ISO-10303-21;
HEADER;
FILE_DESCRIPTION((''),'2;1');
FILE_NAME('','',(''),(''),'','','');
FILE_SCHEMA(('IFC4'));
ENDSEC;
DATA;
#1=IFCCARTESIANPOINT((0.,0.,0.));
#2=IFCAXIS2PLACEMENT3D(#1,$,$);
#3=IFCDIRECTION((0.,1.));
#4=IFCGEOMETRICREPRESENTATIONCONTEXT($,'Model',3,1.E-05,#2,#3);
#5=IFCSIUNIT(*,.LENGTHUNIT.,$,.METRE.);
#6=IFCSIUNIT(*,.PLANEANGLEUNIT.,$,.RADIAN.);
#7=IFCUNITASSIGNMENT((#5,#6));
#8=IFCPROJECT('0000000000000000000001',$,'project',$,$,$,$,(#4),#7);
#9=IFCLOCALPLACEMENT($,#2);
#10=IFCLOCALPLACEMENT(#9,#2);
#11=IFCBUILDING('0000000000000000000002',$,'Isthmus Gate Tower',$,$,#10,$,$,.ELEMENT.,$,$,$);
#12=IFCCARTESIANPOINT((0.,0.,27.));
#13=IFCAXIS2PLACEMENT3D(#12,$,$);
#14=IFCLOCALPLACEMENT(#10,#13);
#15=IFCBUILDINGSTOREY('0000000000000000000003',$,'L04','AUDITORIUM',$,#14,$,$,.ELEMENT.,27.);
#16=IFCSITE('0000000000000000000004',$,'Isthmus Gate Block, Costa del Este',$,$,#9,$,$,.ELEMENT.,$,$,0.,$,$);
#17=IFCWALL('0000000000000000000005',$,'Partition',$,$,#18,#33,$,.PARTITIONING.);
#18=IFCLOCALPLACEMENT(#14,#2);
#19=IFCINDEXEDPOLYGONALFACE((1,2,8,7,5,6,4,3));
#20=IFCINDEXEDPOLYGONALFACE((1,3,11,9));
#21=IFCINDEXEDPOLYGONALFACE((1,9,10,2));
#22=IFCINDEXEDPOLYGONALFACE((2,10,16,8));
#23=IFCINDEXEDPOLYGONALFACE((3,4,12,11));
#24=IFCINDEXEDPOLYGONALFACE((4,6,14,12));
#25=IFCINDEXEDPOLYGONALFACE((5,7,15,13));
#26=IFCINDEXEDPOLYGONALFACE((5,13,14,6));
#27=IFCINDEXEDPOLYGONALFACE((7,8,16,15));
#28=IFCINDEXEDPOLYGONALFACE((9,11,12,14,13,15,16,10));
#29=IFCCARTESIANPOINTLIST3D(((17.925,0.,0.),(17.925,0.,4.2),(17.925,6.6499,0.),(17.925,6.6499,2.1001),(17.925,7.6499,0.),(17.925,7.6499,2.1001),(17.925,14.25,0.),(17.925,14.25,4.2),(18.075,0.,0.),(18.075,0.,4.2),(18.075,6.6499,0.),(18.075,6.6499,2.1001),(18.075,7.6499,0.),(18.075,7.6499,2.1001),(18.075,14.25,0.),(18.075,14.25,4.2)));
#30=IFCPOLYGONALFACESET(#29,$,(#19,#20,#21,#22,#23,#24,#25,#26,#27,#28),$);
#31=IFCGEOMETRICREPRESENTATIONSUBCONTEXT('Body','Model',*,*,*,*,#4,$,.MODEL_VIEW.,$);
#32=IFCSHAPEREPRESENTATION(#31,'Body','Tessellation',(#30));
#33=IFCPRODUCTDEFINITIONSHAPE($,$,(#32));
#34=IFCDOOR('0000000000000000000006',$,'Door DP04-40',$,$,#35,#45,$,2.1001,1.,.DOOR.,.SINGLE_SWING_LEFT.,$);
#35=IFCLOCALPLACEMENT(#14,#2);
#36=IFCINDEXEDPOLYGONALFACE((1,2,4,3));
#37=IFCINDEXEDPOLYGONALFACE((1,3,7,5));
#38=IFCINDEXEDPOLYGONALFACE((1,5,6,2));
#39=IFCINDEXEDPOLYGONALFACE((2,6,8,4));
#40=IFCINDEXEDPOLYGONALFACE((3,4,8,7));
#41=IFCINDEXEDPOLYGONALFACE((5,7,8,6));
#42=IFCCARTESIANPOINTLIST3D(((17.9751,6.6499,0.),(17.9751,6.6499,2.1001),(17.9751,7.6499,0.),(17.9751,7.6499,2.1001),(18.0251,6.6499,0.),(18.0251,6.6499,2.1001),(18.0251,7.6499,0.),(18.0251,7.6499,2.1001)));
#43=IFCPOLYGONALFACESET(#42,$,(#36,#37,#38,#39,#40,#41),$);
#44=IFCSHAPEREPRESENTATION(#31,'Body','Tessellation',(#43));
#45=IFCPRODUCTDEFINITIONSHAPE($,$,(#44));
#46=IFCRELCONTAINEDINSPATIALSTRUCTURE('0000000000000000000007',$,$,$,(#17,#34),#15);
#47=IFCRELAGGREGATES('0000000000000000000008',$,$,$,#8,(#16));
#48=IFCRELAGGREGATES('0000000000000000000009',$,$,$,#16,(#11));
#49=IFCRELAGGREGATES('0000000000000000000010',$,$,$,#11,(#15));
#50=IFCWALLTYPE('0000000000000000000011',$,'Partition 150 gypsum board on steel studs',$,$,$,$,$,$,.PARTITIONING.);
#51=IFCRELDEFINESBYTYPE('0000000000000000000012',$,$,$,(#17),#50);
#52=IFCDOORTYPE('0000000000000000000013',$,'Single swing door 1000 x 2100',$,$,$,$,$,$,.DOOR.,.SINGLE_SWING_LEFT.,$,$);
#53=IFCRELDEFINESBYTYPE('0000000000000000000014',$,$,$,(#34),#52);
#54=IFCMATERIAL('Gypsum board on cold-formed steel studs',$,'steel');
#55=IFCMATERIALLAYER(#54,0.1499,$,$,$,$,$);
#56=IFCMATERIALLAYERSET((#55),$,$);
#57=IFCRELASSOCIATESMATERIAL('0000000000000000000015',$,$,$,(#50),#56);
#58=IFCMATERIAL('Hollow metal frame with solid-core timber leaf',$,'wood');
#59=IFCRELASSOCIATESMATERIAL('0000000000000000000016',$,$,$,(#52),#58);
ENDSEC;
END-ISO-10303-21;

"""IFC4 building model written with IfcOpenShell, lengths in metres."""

from ifc_helpers import new_model, si_unit, direction, frame, frame_2d, origin, place, context, subcontext, project, spatial, rectangle, extrude, material, layer, layer_set, type_object, element, fill, save


model = new_model("IFC4")

# Units and contexts
model_context = context("Model", 3, precision=1e-05, world=origin(), true_north=direction((0.0, 1.0)))
body_context = subcontext(model_context, "Body", "Model", "MODEL_VIEW")
ifc_project = project(units=[si_unit("LENGTHUNIT", "METRE"), si_unit("PLANEANGLEUNIT", "RADIAN")], contexts=[model_context])

# Site, building, storey
site_placement = place(None, origin())
site = spatial("IfcSite", under=ifc_project, at=site_placement, Name="Isthmus Gate Block, Costa del Este", CompositionType="ELEMENT", RefElevation=0.0)
building_placement = place(site_placement, origin())
building = spatial("IfcBuilding", under=site, at=building_placement, Name="Isthmus Gate Tower", CompositionType="ELEMENT")
storey_placement = place(building_placement, frame((0.0, 0.0, 27.0)))
storey = spatial("IfcBuildingStorey", under=building, at=storey_placement, Name="L04", Description="AUDITORIUM", CompositionType="ELEMENT", Elevation=27.0)

# Shared definitions
ifc_material_1 = material(Name="Gypsum board on cold-formed steel studs", Category="steel")
ifc_layer_1 = layer(ifc_material_1, 0.1499)
ifc_layer_set_1 = layer_set([ifc_layer_1])
wall_type_1 = type_object("IfcWallType", Name="Partition 150 gypsum board on steel studs", PredefinedType="PARTITIONING", material=ifc_layer_set_1)
ifc_material_2 = material(Name="Hollow metal frame with solid-core timber leaf", Category="wood")
door_type = type_object("IfcDoorType", Name="Single swing door 1000 x 2100", OperationType="SINGLE_SWING_LEFT", PredefinedType="DOOR", material=ifc_material_2)

# Wall, opening, door
wall_1_placement = place(storey_placement, frame((18.0, 0.0, 0.0), z_axis=(0.0, 0.0, 1.0), x_axis=(0.0, 1.0, 0.0)))
wall_1 = element("IfcWall", 1, at=wall_1_placement, inside=storey, type_object=wall_type_1, Name="Partition", PredefinedType="PARTITIONING", context=body_context, shape_type="SweptSolid", body=[
    extrude(rectangle(XDim=14.25, YDim=0.1499, at=frame_2d((7.125, 0.0))), origin(), (0.0, 0.0, 1.0), 4.2),
])
opening_1_placement = place(wall_1_placement, frame((6.6499, 0.0, 0.0)))
opening_1 = element("IfcOpeningElement", 2, at=opening_1_placement, cuts=wall_1, PredefinedType="OPENING", context=body_context, shape_type="SweptSolid", body=[
    extrude(rectangle(XDim=1.0, YDim=2.1001, at=frame_2d((0.5, 1.05))), frame((0.0, 0.085, 0.0), z_axis=(0.0, -1.0, 0.0), x_axis=(1.0, 0.0, 0.0)), (0.0, 0.0, 1.0), 0.1699),
])
door_1_placement = place(opening_1_placement, origin())
door_1 = element("IfcDoor", 3, at=door_1_placement, inside=storey, type_object=door_type, Name="Door DP04-40", OperationType="SINGLE_SWING_LEFT", OverallHeight=2.1001, OverallWidth=1.0, PredefinedType="DOOR", context=body_context, shape_type="SweptSolid", body=[
    extrude(rectangle(XDim=1.0, YDim=2.1001, at=frame_2d((0.5, 1.05))), frame((0.0, 0.0249, 0.0), z_axis=(0.0, -1.0, 0.0), x_axis=(1.0, 0.0, 0.0)), (0.0, 0.0, 1.0), 0.05),
])
fill(opening_1, door_1)

save(model, "model.ifc")
